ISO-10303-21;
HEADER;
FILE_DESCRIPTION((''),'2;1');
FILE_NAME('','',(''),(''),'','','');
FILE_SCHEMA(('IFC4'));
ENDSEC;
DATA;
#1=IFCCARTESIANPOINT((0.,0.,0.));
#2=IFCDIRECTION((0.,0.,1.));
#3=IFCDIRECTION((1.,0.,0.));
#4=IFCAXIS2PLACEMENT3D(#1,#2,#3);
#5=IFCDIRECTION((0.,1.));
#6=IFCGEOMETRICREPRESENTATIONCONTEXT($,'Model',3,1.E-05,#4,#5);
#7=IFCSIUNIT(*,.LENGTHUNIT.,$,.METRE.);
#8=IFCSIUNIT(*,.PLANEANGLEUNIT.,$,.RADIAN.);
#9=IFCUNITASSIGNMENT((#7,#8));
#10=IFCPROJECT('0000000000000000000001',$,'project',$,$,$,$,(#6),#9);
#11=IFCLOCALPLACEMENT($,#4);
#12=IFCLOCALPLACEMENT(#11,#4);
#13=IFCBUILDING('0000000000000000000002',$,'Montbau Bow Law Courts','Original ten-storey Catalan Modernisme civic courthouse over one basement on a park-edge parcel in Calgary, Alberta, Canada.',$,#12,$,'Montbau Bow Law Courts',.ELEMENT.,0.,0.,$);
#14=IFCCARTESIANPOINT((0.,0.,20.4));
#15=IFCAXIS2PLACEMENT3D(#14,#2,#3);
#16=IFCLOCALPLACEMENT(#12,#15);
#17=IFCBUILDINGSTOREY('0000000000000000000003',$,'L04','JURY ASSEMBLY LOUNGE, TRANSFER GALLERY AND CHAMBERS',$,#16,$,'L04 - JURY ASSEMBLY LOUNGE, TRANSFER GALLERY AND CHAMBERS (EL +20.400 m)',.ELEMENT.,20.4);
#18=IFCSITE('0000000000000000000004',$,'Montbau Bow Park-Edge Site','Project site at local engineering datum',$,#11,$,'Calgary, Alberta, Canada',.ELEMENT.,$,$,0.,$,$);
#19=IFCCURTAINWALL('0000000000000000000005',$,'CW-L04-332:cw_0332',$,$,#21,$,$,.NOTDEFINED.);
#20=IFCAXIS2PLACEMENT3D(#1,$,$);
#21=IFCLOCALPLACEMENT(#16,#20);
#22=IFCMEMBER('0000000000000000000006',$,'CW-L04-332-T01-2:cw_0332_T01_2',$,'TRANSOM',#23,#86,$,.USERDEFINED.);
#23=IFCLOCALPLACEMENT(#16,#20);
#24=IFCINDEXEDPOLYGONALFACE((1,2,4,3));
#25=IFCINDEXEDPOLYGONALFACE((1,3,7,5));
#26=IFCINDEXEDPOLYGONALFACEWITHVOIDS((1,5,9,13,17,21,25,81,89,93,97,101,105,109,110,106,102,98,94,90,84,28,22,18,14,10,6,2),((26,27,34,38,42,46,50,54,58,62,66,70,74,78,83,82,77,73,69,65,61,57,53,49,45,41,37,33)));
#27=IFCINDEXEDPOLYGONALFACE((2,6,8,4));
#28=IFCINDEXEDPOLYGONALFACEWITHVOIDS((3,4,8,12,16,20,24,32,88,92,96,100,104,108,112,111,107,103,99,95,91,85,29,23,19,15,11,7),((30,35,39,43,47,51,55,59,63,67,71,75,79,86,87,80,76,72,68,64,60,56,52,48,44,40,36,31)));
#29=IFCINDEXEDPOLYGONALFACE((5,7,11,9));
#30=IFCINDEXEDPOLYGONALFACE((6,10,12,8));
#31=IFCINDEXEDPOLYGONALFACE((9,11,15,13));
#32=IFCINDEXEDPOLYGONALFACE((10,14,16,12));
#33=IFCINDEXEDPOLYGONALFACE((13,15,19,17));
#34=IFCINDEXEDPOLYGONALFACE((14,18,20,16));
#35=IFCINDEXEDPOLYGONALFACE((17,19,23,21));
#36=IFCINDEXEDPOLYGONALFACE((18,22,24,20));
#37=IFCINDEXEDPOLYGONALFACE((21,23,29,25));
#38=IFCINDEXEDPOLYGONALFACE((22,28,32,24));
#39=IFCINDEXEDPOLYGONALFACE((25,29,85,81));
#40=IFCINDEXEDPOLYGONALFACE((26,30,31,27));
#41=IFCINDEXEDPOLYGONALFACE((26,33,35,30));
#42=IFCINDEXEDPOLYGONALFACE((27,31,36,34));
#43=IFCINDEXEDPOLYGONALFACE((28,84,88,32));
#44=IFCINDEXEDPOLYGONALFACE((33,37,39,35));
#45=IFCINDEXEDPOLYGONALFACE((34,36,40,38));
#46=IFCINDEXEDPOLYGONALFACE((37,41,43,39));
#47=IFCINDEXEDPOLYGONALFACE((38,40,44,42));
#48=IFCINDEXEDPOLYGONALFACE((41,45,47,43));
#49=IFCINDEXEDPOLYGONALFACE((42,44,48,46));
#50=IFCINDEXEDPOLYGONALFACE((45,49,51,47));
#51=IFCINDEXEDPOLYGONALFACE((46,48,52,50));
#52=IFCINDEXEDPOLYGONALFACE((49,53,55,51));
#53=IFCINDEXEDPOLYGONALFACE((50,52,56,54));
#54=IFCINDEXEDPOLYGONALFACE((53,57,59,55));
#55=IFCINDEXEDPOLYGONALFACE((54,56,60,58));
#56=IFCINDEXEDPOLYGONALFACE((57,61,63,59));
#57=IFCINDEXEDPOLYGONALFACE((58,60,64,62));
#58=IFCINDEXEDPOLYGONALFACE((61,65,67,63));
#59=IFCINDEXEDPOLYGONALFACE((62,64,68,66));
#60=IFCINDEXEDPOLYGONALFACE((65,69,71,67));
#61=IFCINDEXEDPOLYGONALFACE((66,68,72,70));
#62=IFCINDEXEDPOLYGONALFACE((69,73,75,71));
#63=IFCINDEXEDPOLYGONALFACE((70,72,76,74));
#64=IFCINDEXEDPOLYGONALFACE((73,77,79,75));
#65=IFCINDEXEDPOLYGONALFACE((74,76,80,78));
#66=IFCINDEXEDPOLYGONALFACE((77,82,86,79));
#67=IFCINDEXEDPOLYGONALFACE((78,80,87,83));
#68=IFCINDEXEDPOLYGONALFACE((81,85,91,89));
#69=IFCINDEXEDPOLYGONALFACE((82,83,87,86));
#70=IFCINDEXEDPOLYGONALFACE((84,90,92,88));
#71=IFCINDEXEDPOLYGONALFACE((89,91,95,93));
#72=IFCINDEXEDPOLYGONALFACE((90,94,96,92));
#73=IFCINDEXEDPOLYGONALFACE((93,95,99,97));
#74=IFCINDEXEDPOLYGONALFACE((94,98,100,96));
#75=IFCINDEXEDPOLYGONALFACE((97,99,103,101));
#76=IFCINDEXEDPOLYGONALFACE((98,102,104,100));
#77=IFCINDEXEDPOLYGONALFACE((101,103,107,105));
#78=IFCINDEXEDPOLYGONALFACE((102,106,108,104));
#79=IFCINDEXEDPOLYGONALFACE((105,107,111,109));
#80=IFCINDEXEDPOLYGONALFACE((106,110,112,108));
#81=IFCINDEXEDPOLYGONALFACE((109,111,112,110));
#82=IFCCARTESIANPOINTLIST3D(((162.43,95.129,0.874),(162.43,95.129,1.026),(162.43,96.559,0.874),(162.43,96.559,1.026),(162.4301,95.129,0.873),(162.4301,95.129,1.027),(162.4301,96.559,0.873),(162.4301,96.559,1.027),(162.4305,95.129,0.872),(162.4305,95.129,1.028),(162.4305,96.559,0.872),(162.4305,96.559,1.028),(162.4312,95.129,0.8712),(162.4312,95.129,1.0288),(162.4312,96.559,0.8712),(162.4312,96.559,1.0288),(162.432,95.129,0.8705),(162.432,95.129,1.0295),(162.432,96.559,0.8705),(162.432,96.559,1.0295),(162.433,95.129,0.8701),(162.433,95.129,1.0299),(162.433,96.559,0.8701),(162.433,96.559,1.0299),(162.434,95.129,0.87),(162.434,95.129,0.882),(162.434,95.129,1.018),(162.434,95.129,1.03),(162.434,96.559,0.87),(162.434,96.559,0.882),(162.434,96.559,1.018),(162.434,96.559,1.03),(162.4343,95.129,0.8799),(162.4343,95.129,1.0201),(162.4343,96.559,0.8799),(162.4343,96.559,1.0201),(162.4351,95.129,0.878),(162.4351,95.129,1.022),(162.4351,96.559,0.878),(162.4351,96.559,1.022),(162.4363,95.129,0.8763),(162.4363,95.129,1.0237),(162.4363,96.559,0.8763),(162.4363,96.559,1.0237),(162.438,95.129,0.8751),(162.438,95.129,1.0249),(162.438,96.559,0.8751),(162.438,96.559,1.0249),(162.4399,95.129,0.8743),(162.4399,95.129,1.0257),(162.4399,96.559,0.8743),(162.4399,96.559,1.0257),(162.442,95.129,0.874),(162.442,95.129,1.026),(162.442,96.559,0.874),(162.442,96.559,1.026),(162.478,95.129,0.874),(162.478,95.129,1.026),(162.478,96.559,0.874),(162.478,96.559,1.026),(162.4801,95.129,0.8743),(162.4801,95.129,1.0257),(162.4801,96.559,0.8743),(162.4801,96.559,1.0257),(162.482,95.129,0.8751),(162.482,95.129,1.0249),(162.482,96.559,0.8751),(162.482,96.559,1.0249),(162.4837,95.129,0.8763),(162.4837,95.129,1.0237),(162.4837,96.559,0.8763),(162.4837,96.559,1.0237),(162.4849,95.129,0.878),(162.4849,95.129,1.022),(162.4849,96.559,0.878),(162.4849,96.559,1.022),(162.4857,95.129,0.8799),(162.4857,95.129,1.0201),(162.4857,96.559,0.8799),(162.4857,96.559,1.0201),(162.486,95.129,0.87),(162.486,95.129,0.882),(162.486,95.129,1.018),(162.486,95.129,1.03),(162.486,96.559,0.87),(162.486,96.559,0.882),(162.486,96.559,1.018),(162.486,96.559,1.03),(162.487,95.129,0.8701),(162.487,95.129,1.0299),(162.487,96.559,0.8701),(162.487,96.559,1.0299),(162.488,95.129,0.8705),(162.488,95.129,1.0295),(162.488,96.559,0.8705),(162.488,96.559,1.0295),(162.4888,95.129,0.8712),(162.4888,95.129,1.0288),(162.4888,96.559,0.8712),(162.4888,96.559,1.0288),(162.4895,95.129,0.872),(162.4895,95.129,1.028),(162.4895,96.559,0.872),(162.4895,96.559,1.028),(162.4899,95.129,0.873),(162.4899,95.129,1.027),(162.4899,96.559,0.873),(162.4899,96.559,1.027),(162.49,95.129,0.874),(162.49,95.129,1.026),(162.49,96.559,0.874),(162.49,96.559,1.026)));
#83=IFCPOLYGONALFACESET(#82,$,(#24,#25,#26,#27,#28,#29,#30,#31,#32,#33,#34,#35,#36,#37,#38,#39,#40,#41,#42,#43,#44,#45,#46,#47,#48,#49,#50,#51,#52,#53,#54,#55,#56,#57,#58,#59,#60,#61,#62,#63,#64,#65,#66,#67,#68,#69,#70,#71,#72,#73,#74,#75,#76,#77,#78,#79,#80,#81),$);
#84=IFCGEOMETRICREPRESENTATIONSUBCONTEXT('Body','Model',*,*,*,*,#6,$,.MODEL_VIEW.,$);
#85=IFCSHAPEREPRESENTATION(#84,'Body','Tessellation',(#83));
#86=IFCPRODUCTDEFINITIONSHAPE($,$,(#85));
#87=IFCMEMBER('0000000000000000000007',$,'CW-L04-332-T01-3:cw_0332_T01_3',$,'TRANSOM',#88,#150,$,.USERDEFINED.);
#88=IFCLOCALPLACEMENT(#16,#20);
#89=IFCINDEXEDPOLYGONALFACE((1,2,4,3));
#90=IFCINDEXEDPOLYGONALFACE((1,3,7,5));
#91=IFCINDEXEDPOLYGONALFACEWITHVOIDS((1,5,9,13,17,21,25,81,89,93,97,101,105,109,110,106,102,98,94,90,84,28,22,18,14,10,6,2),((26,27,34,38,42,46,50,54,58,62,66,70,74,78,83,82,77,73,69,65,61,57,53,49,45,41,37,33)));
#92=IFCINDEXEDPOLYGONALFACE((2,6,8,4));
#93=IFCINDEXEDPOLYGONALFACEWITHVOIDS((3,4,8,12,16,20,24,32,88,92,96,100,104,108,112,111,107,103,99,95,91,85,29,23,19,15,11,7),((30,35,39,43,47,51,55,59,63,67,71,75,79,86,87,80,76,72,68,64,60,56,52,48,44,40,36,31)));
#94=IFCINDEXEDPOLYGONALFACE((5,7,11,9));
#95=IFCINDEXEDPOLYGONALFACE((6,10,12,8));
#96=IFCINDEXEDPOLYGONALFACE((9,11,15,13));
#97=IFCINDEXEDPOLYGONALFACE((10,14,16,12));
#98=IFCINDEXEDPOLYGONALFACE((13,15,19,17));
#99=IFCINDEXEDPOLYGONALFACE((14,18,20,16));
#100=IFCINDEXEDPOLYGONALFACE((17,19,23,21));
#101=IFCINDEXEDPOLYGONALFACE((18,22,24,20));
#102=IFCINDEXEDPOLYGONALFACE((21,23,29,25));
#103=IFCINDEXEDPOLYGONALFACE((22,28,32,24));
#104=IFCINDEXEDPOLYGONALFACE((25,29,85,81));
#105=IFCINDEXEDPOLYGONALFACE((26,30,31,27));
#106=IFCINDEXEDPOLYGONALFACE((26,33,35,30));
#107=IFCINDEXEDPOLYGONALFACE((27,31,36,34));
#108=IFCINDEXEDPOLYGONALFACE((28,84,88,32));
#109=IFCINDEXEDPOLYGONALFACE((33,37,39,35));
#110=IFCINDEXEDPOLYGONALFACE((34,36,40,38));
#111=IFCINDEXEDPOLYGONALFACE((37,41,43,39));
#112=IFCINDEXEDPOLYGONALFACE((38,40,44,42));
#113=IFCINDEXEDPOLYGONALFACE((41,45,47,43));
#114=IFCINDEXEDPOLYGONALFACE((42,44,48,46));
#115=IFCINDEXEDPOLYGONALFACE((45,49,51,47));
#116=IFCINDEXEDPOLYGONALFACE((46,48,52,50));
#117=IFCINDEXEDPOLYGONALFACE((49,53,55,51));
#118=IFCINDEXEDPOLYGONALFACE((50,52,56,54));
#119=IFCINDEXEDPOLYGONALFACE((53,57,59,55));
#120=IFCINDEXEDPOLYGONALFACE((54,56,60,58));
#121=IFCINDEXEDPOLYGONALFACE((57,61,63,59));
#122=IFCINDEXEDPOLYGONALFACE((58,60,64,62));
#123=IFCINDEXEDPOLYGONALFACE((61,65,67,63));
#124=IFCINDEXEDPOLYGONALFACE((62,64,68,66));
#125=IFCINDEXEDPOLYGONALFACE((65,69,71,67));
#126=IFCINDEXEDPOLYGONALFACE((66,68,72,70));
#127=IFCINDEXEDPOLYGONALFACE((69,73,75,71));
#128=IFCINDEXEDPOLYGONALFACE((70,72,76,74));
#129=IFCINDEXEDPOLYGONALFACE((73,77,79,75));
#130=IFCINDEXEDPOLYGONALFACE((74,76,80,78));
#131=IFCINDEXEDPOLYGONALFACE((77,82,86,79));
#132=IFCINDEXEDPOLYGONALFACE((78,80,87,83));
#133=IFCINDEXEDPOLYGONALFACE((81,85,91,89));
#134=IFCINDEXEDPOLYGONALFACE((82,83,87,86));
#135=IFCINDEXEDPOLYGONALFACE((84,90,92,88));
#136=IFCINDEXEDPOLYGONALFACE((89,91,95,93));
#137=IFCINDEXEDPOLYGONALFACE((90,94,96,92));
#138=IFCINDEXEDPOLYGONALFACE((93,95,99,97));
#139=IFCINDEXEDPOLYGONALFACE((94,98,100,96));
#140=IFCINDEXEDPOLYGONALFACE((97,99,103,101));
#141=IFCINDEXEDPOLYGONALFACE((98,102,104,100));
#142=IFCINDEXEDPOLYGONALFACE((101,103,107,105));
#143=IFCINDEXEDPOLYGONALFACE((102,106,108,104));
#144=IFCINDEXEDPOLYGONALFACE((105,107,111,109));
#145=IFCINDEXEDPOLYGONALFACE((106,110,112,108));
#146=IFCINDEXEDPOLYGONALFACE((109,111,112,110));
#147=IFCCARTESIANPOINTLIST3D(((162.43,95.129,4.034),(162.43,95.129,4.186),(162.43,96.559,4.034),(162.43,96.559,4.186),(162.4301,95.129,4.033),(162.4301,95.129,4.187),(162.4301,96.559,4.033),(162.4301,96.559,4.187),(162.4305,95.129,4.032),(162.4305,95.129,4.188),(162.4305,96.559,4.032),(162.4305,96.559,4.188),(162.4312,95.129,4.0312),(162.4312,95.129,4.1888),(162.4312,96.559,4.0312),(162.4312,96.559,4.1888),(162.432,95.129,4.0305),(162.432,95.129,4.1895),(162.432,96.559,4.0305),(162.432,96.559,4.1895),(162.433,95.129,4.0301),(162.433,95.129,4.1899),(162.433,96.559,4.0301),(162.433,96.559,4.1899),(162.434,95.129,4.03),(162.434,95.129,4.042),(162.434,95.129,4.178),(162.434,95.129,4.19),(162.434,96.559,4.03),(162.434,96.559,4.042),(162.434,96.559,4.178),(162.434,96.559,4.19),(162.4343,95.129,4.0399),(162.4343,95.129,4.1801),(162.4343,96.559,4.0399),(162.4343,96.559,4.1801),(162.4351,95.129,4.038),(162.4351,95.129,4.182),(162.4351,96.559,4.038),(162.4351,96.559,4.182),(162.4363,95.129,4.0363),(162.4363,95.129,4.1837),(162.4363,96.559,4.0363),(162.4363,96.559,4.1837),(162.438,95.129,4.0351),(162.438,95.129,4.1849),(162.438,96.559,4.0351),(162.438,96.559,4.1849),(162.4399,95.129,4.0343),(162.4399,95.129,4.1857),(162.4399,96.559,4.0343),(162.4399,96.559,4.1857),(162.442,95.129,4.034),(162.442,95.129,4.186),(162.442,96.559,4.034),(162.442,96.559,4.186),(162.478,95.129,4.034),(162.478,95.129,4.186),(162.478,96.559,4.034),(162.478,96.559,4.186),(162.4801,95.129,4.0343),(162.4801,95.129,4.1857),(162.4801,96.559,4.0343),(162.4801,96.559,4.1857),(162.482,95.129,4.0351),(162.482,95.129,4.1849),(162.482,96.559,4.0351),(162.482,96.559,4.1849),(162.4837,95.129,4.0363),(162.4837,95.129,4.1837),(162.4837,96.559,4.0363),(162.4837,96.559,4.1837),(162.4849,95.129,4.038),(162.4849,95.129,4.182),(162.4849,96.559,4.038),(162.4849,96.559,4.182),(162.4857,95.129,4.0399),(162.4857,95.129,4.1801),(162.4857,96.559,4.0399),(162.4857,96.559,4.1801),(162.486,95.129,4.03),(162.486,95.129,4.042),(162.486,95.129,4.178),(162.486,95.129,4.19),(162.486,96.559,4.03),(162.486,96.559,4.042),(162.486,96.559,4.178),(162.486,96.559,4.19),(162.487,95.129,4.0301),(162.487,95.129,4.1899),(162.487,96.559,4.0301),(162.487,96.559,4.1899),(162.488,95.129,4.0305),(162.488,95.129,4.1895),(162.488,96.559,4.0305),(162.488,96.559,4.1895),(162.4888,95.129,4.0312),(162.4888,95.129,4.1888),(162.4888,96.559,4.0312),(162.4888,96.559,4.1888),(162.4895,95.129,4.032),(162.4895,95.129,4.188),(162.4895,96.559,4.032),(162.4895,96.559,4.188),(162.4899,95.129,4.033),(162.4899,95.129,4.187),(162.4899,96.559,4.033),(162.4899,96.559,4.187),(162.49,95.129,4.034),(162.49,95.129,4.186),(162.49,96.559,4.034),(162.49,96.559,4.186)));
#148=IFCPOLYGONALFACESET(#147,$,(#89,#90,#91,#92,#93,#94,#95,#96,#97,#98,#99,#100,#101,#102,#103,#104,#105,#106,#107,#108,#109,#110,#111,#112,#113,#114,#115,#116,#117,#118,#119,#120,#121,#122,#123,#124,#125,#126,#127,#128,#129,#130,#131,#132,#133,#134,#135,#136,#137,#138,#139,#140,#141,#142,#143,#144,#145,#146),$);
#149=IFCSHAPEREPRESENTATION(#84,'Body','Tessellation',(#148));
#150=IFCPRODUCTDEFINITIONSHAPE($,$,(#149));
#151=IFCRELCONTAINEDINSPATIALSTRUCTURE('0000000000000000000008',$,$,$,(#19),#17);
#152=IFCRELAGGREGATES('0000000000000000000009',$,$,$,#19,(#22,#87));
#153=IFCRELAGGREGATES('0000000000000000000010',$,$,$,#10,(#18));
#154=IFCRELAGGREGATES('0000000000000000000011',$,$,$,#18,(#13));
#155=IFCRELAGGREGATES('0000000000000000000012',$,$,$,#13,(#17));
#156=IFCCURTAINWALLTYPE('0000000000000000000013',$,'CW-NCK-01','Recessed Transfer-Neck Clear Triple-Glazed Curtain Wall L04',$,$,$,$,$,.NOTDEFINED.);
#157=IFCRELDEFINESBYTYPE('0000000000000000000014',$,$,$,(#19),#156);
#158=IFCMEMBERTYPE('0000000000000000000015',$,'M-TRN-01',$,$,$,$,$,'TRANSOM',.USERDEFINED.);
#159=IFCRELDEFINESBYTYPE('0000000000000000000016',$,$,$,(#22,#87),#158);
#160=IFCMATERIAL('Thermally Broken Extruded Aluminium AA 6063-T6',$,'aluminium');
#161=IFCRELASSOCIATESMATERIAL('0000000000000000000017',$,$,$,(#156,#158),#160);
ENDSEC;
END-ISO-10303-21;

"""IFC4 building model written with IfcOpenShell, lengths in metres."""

from ifc_helpers import new_model, si_unit, direction, frame, origin_with_axes, origin_2d_with_axis, place, context, subcontext, project, spatial, hollow_rectangle, extrude, material, material_profile, profile_set, type_object, element, aggregate, save


model = new_model("IFC4")

# Units and contexts
model_context = context("Model", 3, precision=1e-05, world=origin_with_axes(), true_north=direction((0.0, 1.0)))
body_context = subcontext(model_context, "Body", "Model", "MODEL_VIEW")
ifc_project = project(units=[si_unit("LENGTHUNIT", "METRE"), si_unit("PLANEANGLEUNIT", "RADIAN")], contexts=[model_context])

# Site, building, storey
site_placement = place(None, origin_with_axes())
site = spatial("IfcSite", under=ifc_project, at=site_placement, Name="Montbau Bow Park-Edge Site", Description="Project site at local engineering datum", LongName="Calgary, Alberta, Canada", CompositionType="ELEMENT", RefElevation=0.0)
building_placement = place(site_placement, origin_with_axes())
building = spatial("IfcBuilding", under=site, at=building_placement, Name="Montbau Bow Law Courts", Description="Original ten-storey Catalan Modernisme civic courthouse over one basement on a park-edge parcel in Calgary, Alberta, Canada.", LongName="Montbau Bow Law Courts", CompositionType="ELEMENT", ElevationOfRefHeight=0.0, ElevationOfTerrain=0.0)
storey_placement = place(building_placement, frame((0.0, 0.0, 20.4), z_axis=(0.0, 0.0, 1.0), x_axis=(1.0, 0.0, 0.0)))
storey = spatial("IfcBuildingStorey", under=building, at=storey_placement, Name="L04", Description="JURY ASSEMBLY LOUNGE, TRANSFER GALLERY AND CHAMBERS", LongName="L04 - JURY ASSEMBLY LOUNGE, TRANSFER GALLERY AND CHAMBERS (EL +20.400 m)", CompositionType="ELEMENT", Elevation=20.4)

# Curtain wall, members
ifc_material_1 = material(Name="Thermally Broken Extruded Aluminium AA 6063-T6", Category="aluminium")
curtain_wall_type = type_object("IfcCurtainWallType", Name="CW-NCK-01", Description="Recessed Transfer-Neck Clear Triple-Glazed Curtain Wall L04", PredefinedType="NOTDEFINED", material=ifc_material_1)
curtain_wall_1_placement = place(None, frame((162.46, 95.067, 20.4), z_axis=(0.0, 0.0, 1.0), x_axis=(1.0, 0.0, 0.0)))
curtain_wall_1 = element("IfcCurtainWall", 1, at=curtain_wall_1_placement, inside=storey, type_object=curtain_wall_type, Name="CW-L04-332:cw_0332", PredefinedType="NOTDEFINED")
ifc_material_profile_1 = material_profile(ifc_material_1, hollow_rectangle(XDim=0.06, YDim=0.16, WallThickness=0.004, InnerFilletRadius=0.008, OuterFilletRadius=0.004, at=origin_2d_with_axis()), Name="CWT-160X60", Category="Main", Priority=0)
ifc_profile_set_1 = profile_set([ifc_material_profile_1], Name="Thermally Broken Extruded Aluminium AA 6063-T6")
member_type_1 = type_object("IfcMemberType", Name="M-TRN-01", ElementType="TRANSOM", PredefinedType="USERDEFINED", material=ifc_profile_set_1)
member_1_placement = place(None, frame((162.46, 95.129, 21.35), z_axis=(0.0, 1.0, 0.0), x_axis=(-1.0, 0.0, 0.0)))
member_1 = element("IfcMember", 2, at=member_1_placement, type_object=member_type_1, Name="CW-L04-332-T01-2:cw_0332_T01_2", ObjectType="TRANSOM", PredefinedType="USERDEFINED", context=body_context, shape_type="SweptSolid", body=[
    extrude(hollow_rectangle(XDim=0.06, YDim=0.16, WallThickness=0.004, InnerFilletRadius=0.008, OuterFilletRadius=0.004, at=origin_2d_with_axis()), origin_with_axes(), (0.0, 0.0, 1.0), 1.43),
])
member_2_placement = place(None, frame((162.46, 95.129, 24.51), z_axis=(0.0, 1.0, 0.0), x_axis=(-1.0, 0.0, 0.0)))
member_2 = element("IfcMember", 3, at=member_2_placement, type_object=member_type_1, Name="CW-L04-332-T01-3:cw_0332_T01_3", ObjectType="TRANSOM", PredefinedType="USERDEFINED", context=body_context, shape_type="SweptSolid", body=[
    extrude(hollow_rectangle(XDim=0.06, YDim=0.16, WallThickness=0.004, InnerFilletRadius=0.008, OuterFilletRadius=0.004, at=origin_2d_with_axis()), origin_with_axes(), (0.0, 0.0, 1.0), 1.43),
])

aggregate(curtain_wall_1, [member_1, member_2])

save(model, "model.ifc")
